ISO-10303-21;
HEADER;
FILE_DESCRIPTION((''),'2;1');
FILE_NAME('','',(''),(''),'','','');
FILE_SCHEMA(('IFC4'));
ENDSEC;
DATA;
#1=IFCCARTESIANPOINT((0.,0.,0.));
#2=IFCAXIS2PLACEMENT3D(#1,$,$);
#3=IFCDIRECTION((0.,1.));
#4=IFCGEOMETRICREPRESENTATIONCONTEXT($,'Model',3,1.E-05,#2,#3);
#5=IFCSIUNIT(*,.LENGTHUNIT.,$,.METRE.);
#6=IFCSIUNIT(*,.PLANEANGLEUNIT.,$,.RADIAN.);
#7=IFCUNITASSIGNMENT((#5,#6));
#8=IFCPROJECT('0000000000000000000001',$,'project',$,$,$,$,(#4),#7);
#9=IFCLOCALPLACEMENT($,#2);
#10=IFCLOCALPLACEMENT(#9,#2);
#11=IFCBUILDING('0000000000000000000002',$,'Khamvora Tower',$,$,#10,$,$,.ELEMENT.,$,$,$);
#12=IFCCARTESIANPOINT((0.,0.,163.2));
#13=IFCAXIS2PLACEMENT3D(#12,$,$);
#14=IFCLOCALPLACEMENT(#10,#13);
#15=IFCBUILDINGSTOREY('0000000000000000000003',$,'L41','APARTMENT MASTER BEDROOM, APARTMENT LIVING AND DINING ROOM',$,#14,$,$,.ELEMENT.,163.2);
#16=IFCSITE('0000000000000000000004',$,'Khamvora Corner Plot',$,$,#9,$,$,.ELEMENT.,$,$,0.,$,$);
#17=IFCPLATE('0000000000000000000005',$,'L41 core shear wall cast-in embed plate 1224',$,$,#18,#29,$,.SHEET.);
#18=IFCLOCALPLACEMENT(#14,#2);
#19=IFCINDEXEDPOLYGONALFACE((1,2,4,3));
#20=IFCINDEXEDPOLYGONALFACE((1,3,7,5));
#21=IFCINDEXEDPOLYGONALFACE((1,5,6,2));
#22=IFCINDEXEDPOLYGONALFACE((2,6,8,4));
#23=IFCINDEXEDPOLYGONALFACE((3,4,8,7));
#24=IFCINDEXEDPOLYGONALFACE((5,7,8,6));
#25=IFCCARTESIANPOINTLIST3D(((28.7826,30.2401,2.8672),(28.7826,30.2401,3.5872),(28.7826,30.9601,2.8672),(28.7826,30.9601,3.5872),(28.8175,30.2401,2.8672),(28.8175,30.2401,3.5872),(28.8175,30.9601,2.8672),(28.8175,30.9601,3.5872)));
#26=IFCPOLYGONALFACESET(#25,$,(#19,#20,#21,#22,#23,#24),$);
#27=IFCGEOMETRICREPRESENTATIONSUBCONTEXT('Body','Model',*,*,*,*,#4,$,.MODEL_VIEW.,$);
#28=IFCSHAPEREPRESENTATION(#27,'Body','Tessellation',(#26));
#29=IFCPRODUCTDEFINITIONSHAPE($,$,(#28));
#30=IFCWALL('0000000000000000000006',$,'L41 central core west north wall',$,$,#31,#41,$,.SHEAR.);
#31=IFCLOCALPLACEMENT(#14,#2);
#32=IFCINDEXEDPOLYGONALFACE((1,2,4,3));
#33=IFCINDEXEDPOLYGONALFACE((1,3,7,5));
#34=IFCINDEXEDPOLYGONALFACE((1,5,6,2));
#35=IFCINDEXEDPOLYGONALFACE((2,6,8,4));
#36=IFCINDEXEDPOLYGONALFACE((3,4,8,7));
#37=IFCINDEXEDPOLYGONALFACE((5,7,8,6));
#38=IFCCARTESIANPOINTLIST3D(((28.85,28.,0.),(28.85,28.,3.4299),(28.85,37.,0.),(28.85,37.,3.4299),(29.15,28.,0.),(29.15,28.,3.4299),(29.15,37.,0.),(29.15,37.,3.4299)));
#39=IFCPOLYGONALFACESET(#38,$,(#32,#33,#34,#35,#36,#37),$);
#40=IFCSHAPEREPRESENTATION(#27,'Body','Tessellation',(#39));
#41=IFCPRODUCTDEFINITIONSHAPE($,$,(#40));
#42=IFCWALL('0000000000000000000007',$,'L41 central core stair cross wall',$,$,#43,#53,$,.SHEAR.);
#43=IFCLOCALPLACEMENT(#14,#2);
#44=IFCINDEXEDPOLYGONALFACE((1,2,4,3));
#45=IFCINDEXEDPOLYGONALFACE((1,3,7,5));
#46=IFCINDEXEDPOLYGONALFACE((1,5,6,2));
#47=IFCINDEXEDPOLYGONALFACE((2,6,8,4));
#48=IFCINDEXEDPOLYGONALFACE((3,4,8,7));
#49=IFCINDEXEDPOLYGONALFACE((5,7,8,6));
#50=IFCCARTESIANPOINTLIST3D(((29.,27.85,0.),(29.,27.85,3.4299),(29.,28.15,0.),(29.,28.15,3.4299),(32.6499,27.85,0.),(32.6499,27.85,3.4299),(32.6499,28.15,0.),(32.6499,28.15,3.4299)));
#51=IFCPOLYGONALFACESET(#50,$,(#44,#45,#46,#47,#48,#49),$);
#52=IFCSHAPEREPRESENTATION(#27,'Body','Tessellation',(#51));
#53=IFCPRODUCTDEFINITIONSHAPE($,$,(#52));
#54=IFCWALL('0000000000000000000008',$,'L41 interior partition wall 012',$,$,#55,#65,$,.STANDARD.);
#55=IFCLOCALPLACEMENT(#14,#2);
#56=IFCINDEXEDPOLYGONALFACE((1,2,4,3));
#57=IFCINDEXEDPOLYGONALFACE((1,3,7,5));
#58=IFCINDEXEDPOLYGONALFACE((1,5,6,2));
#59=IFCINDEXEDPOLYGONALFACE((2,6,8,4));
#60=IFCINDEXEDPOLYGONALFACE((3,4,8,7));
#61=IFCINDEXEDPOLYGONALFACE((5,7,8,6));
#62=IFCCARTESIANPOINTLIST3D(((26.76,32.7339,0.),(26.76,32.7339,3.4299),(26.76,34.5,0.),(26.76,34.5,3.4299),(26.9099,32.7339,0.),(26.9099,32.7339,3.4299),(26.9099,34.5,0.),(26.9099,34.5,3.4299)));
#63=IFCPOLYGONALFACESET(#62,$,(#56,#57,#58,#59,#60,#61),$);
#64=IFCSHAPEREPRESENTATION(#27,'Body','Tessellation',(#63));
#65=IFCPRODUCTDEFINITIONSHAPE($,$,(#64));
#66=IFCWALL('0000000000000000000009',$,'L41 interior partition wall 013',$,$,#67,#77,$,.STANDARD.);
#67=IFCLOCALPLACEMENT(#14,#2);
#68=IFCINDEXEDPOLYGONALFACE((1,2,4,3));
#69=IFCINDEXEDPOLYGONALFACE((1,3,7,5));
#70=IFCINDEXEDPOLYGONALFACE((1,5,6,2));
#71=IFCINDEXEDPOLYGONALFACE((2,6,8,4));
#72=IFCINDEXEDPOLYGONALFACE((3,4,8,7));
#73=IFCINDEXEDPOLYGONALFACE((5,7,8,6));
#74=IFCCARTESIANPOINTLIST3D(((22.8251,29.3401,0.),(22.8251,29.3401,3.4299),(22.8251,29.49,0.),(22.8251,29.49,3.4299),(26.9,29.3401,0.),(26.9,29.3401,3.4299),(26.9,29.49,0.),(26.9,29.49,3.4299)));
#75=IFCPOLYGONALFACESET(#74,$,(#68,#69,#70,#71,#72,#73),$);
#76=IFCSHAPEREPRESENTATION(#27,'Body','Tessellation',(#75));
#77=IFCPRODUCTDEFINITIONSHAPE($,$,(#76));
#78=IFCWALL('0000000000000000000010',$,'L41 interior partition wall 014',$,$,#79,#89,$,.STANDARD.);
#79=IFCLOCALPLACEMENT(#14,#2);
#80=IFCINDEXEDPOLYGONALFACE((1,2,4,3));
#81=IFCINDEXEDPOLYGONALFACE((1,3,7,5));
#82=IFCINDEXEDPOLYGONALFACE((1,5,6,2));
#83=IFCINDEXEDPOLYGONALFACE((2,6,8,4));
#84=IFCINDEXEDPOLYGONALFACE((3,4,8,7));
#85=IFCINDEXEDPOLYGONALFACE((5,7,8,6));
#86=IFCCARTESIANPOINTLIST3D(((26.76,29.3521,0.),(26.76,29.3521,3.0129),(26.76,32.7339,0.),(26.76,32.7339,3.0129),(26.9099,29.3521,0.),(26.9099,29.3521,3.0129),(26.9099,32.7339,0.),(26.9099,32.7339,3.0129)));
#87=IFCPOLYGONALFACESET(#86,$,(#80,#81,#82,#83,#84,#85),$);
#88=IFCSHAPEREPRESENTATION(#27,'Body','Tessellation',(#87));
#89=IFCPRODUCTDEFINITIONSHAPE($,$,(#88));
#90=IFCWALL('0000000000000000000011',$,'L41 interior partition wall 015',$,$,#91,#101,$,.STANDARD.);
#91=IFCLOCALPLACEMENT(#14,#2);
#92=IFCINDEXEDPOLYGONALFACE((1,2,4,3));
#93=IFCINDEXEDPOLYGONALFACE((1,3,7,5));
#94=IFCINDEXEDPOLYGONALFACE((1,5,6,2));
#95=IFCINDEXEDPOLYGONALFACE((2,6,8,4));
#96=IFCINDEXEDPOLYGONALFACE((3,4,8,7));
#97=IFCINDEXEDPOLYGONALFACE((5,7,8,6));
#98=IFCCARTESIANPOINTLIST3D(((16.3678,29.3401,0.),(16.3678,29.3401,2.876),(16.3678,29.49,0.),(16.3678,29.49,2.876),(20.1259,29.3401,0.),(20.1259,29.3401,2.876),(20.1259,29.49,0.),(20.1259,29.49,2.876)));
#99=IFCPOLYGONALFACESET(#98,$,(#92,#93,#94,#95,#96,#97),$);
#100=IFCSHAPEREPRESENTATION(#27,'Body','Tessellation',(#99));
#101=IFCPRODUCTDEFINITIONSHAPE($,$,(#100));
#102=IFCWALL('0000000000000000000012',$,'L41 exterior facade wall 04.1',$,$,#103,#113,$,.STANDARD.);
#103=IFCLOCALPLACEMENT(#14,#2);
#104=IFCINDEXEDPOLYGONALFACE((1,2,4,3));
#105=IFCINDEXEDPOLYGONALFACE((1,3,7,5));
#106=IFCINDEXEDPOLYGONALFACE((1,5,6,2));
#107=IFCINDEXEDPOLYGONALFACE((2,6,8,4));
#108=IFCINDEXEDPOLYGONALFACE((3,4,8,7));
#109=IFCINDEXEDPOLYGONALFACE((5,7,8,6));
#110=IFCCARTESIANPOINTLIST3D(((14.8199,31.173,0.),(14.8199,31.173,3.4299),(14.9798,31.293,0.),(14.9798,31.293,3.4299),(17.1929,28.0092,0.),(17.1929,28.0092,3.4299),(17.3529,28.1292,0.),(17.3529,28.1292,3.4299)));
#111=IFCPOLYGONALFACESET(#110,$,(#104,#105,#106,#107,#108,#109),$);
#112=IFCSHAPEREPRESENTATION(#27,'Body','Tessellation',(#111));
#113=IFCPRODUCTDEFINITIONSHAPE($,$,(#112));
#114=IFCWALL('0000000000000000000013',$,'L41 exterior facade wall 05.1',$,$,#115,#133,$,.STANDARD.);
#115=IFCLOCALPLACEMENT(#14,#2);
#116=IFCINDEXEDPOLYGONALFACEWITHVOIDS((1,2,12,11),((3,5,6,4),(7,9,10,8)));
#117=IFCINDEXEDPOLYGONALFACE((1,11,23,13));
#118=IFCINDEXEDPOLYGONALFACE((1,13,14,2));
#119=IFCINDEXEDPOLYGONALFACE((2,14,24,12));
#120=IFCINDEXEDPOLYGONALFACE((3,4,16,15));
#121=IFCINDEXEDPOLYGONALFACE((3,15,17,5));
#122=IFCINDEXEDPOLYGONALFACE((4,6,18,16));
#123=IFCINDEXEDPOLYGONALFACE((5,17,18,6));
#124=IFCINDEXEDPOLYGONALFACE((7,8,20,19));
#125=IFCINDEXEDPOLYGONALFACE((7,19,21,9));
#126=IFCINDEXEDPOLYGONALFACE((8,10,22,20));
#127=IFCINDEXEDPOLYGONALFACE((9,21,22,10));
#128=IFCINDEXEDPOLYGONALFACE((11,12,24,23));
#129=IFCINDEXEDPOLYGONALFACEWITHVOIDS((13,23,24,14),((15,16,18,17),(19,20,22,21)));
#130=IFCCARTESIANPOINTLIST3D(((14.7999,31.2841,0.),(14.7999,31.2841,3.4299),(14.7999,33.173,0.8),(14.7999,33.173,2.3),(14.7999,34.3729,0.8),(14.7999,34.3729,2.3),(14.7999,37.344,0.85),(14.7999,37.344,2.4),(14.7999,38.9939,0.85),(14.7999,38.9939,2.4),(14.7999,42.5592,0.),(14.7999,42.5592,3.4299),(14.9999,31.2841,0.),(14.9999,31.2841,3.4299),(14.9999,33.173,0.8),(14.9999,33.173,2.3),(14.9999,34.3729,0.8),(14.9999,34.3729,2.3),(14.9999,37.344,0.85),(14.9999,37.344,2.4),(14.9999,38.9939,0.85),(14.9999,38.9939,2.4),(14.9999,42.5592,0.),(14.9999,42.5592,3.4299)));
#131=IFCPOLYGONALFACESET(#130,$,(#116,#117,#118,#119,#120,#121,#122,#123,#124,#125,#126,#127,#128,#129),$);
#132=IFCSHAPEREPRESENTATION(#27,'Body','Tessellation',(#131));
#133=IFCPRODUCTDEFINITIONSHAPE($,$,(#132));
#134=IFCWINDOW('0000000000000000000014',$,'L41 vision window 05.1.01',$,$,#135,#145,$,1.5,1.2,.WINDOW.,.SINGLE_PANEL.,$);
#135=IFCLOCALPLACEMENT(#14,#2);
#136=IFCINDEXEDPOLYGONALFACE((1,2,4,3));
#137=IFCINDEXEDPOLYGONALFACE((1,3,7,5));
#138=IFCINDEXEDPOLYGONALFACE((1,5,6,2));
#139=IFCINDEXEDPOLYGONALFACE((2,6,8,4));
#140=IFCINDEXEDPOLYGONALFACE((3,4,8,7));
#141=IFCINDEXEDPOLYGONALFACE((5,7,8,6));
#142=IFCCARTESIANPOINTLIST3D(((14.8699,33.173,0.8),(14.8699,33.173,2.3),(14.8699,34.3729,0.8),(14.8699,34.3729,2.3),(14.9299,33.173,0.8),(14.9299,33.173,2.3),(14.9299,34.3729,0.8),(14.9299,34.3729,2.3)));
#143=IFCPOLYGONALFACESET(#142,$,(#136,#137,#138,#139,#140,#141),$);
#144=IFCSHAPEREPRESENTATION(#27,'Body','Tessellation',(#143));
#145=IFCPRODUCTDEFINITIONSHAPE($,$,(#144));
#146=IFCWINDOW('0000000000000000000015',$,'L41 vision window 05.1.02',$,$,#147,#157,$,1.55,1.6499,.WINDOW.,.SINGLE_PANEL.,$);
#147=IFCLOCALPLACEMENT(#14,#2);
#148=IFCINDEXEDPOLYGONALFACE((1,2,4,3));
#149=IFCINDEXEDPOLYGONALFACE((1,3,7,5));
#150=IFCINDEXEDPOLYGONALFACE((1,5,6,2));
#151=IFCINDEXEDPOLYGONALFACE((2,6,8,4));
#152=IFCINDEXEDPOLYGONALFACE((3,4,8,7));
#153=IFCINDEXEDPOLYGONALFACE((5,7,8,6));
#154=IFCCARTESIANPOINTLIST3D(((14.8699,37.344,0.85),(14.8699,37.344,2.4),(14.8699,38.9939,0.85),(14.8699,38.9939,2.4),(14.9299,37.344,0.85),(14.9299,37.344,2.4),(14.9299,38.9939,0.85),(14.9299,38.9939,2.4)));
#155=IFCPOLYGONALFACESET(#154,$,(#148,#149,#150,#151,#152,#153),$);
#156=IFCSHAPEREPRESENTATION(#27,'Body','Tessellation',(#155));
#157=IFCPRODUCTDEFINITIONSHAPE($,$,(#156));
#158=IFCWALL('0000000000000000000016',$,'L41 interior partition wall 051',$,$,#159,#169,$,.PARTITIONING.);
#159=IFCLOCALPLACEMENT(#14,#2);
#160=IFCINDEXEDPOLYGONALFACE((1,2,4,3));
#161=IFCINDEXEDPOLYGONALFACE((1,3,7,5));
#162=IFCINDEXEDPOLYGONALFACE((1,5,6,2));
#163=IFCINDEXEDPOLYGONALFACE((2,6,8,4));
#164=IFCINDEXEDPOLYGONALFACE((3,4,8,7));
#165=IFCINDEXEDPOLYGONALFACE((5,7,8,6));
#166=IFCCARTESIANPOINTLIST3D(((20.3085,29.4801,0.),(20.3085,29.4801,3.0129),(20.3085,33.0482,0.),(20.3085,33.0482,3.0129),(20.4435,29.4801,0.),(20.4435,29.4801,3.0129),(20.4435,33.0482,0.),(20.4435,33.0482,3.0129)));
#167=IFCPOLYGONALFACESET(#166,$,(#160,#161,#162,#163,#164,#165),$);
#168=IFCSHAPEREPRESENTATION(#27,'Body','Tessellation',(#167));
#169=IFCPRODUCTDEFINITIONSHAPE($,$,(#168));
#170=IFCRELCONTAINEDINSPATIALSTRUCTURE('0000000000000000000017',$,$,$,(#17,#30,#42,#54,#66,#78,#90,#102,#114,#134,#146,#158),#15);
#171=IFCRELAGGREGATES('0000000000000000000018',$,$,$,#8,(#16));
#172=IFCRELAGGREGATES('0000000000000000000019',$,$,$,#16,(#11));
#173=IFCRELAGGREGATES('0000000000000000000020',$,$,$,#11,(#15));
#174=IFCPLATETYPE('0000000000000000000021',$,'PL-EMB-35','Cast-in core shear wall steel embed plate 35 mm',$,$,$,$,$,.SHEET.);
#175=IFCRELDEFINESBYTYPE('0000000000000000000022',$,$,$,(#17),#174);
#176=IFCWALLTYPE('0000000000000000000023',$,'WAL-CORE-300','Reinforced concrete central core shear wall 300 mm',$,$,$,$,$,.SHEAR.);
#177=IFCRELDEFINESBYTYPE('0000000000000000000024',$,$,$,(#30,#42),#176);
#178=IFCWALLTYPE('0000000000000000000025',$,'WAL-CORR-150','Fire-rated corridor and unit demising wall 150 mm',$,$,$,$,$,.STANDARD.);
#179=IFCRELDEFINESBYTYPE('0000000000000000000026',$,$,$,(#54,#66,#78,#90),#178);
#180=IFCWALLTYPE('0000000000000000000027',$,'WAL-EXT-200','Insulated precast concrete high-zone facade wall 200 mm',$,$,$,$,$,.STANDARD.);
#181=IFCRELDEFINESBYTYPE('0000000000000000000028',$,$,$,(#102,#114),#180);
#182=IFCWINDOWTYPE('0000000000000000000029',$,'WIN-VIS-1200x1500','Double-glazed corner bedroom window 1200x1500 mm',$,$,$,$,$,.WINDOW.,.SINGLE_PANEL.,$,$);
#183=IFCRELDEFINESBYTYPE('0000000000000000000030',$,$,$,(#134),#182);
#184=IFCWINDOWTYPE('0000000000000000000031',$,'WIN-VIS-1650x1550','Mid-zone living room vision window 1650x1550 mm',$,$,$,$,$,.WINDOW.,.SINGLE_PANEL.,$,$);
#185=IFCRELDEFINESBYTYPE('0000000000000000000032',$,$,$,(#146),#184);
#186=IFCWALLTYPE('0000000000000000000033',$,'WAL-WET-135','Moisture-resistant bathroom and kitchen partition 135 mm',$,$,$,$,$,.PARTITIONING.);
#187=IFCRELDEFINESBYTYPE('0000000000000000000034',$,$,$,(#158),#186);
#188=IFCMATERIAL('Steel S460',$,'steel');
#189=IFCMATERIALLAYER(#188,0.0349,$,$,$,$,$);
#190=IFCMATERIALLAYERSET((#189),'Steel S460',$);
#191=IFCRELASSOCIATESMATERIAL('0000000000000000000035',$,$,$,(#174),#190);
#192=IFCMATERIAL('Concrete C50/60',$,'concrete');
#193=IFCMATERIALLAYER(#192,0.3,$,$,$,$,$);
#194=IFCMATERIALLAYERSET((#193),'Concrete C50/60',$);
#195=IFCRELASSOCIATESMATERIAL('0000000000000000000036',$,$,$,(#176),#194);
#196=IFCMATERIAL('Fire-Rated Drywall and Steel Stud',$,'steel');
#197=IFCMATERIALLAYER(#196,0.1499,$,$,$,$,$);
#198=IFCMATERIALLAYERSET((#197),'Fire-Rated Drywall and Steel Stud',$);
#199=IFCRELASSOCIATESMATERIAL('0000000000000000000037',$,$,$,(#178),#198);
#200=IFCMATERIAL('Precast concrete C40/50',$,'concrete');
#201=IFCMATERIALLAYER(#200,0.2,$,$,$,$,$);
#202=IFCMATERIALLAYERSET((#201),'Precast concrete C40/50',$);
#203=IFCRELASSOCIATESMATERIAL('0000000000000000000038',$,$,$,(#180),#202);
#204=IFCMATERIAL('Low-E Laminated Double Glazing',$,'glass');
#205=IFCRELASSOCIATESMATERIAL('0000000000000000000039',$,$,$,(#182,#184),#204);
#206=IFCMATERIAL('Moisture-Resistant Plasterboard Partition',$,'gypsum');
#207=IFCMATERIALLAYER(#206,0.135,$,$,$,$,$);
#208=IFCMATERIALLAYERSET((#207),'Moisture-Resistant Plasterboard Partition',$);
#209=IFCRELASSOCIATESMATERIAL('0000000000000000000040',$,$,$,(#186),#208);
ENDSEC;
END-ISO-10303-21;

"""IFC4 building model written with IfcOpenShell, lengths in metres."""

from ifc_helpers import new_model, si_unit, direction, frame, frame_2d, origin, origin_2d, place, context, subcontext, project, spatial, rectangle, extrude, material, layer, layer_set, type_object, element, fill, save


model = new_model("IFC4")

# Units and contexts
model_context = context("Model", 3, precision=1e-05, world=origin(), true_north=direction((0.0, 1.0)))
body_context = subcontext(model_context, "Body", "Model", "MODEL_VIEW")
ifc_project = project(units=[si_unit("LENGTHUNIT", "METRE"), si_unit("PLANEANGLEUNIT", "RADIAN")], contexts=[model_context])

# Site, building, storey
site_placement = place(None, origin())
site = spatial("IfcSite", under=ifc_project, at=site_placement, Name="Khamvora Corner Plot", CompositionType="ELEMENT", RefElevation=0.0)
building_placement = place(site_placement, origin())
building = spatial("IfcBuilding", under=site, at=building_placement, Name="Khamvora Tower", CompositionType="ELEMENT")
storey_placement = place(building_placement, frame((0.0, 0.0, 163.2)))
storey = spatial("IfcBuildingStorey", under=building, at=storey_placement, Name="L41", Description="APARTMENT MASTER BEDROOM, APARTMENT LIVING AND DINING ROOM", CompositionType="ELEMENT", Elevation=163.2)

# Shared definitions
ifc_material_1 = material(Name="Steel S460", Category="steel")

# Plate
ifc_layer_1 = layer(ifc_material_1, 0.0349)
ifc_layer_set_1 = layer_set([ifc_layer_1], Name="Steel S460")
plate_type = type_object("IfcPlateType", Name="PL-EMB-35", Description="Cast-in core shear wall steel embed plate 35 mm", PredefinedType="SHEET", material=ifc_layer_set_1)
for number, where, z_axis, x_axis, name in (
    (1, (28.8, 30.6001, 2.8672), (0.0, 0.0, 1.0), (1.0, 0.0, 0.0), "L41 core shear wall cast-in embed plate 1224"),
):
    element("IfcPlate", number, at=place(storey_placement, frame(where, z_axis=z_axis, x_axis=x_axis)), inside=storey, type_object=plate_type, Name=name, PredefinedType="SHEET", context=body_context, shape_type="SweptSolid", body=[
        extrude(rectangle(XDim=0.0349, YDim=0.72, at=origin_2d()), origin(), (0.0, 0.0, 1.0), 0.72),
    ])

# Walls
ifc_material_2 = material(Name="Concrete C50/60", Category="concrete")
ifc_layer_2 = layer(ifc_material_2, 0.3)
ifc_layer_set_2 = layer_set([ifc_layer_2], Name="Concrete C50/60")
wall_type_1 = type_object("IfcWallType", Name="WAL-CORE-300", Description="Reinforced concrete central core shear wall 300 mm", PredefinedType="SHEAR", material=ifc_layer_set_2)
wall_1_placement = place(storey_placement, frame((29.0, 28.0, 0.0), z_axis=(0.0, 0.0, 1.0), x_axis=(0.0, 1.0, 0.0)))
element("IfcWall", 2, at=wall_1_placement, inside=storey, type_object=wall_type_1, Name="L41 central core west north wall", PredefinedType="SHEAR", context=body_context, shape_type="SweptSolid", body=[
    extrude(rectangle(XDim=9.0, YDim=0.3, at=frame_2d((4.5, 0.0))), origin(), (0.0, 0.0, 1.0), 3.4299),
])
wall_2_placement = place(storey_placement, frame((29.0, 28.0, 0.0), z_axis=(0.0, 0.0, 1.0), x_axis=(1.0, 0.0, 0.0)))
element("IfcWall", 3, at=wall_2_placement, inside=storey, type_object=wall_type_1, Name="L41 central core stair cross wall", PredefinedType="SHEAR", context=body_context, shape_type="SweptSolid", body=[
    extrude(rectangle(XDim=3.6499, YDim=0.3, at=frame_2d((1.825, 0.0))), origin(), (0.0, 0.0, 1.0), 3.4299),
])

# Shared definitions
ifc_material_3 = material(Name="Fire-Rated Drywall and Steel Stud", Category="steel")
ifc_layer_3 = layer(ifc_material_3, 0.1499)
ifc_layer_set_3 = layer_set([ifc_layer_3], Name="Fire-Rated Drywall and Steel Stud")
wall_type_2 = type_object("IfcWallType", Name="WAL-CORR-150", Description="Fire-rated corridor and unit demising wall 150 mm", PredefinedType="STANDARD", material=ifc_layer_set_3)

# Walls
wall_3_placement = place(storey_placement, frame((26.835, 32.7339, 0.0), z_axis=(0.0, 0.0, 1.0), x_axis=(0.0, 1.0, 0.0)))
element("IfcWall", 4, at=wall_3_placement, inside=storey, type_object=wall_type_2, Name="L41 interior partition wall 012", PredefinedType="STANDARD", context=body_context, shape_type="SweptSolid", body=[
    extrude(rectangle(XDim=1.7661, YDim=0.1499, at=frame_2d((0.8831, 0.0))), origin(), (0.0, 0.0, 1.0), 3.4299),
])
wall_4_placement = place(storey_placement, frame((22.825, 29.415, 0.0), z_axis=(0.0, 0.0, 1.0), x_axis=(1.0, 0.0, 0.0)))
element("IfcWall", 5, at=wall_4_placement, inside=storey, type_object=wall_type_2, Name="L41 interior partition wall 013", PredefinedType="STANDARD", context=body_context, shape_type="SweptSolid", body=[
    extrude(rectangle(XDim=4.075, YDim=0.1499, at=frame_2d((2.0376, 0.0))), origin(), (0.0, 0.0, 1.0), 3.4299),
])
wall_5_placement = place(storey_placement, frame((26.835, 29.3521, 0.0), z_axis=(0.0, 0.0, 1.0), x_axis=(0.0, 1.0, 0.0)))
element("IfcWall", 6, at=wall_5_placement, inside=storey, type_object=wall_type_2, Name="L41 interior partition wall 014", PredefinedType="STANDARD", context=body_context, shape_type="SweptSolid", body=[
    extrude(rectangle(XDim=3.3818, YDim=0.1499, at=frame_2d((1.6909, 0.0))), origin(), (0.0, 0.0, 1.0), 3.0129),
])
wall_6_placement = place(storey_placement, frame((16.3679, 29.415, 0.0), z_axis=(0.0, 0.0, 1.0), x_axis=(1.0, 0.0, 0.0)))
element("IfcWall", 7, at=wall_6_placement, inside=storey, type_object=wall_type_2, Name="L41 interior partition wall 015", PredefinedType="STANDARD", context=body_context, shape_type="SweptSolid", body=[
    extrude(rectangle(XDim=3.7581, YDim=0.1499, at=frame_2d((1.8789, 0.0))), origin(), (0.0, 0.0, 1.0), 2.876),
])
ifc_material_4 = material(Name="Precast concrete C40/50", Category="concrete")
ifc_layer_4 = layer(ifc_material_4, 0.2)
ifc_layer_set_4 = layer_set([ifc_layer_4], Name="Precast concrete C40/50")
wall_type_3 = type_object("IfcWallType", Name="WAL-EXT-200", Description="Insulated precast concrete high-zone facade wall 200 mm", PredefinedType="STANDARD", material=ifc_layer_set_4)
wall_7_placement = place(storey_placement, frame((17.2729, 28.0691, 0.0), z_axis=(0.0, 0.0, 1.0), x_axis=(-0.60003, 0.799978, 0.0)))
element("IfcWall", 8, at=wall_7_placement, inside=storey, type_object=wall_type_3, Name="L41 exterior facade wall 04.1", PredefinedType="STANDARD", context=body_context, shape_type="SweptSolid", body=[
    extrude(rectangle(XDim=3.9548, YDim=0.2, at=frame_2d((1.9775, 0.0))), origin(), (0.0, 0.0, 1.0), 3.4299),
])

# Wall, openings, windows
wall_8_placement = place(storey_placement, frame((14.8999, 31.2839, 0.0), z_axis=(0.0, 0.0, 1.0), x_axis=(0.0, 1.0, 0.0)))
wall_8 = element("IfcWall", 9, at=wall_8_placement, inside=storey, type_object=wall_type_3, Name="L41 exterior facade wall 05.1", PredefinedType="STANDARD", context=body_context, shape_type="SweptSolid", body=[
    extrude(rectangle(XDim=11.2751, YDim=0.2, at=frame_2d((5.6377, 0.0))), origin(), (0.0, 0.0, 1.0), 3.4299),
])
opening_1_placement = place(wall_8_placement, frame((1.8889, 0.0, 0.8)))
opening_1 = element("IfcOpeningElement", 10, at=opening_1_placement, cuts=wall_8, PredefinedType="OPENING", context=body_context, shape_type="SweptSolid", body=[
    extrude(rectangle(XDim=1.2, YDim=1.5, at=frame_2d((0.6001, 0.75))), frame((0.0, 0.1099, 0.0), z_axis=(0.0, -1.0, 0.0), x_axis=(1.0, 0.0, 0.0)), (0.0, 0.0, 1.0), 0.22),
])
opening_2_placement = place(wall_8_placement, frame((6.0601, 0.0, 0.8501)))
opening_2 = element("IfcOpeningElement", 11, at=opening_2_placement, cuts=wall_8, PredefinedType="OPENING", context=body_context, shape_type="SweptSolid", body=[
    extrude(rectangle(XDim=1.6499, YDim=1.55, at=frame_2d((0.825, 0.7749))), frame((0.0, 0.1099, 0.0), z_axis=(0.0, -1.0, 0.0), x_axis=(1.0, 0.0, 0.0)), (0.0, 0.0, 1.0), 0.22),
])
ifc_material_5 = material(Name="Low-E Laminated Double Glazing", Category="glass")
window_type_1 = type_object("IfcWindowType", Name="WIN-VIS-1200x1500", Description="Double-glazed corner bedroom window 1200x1500 mm", PartitioningType="SINGLE_PANEL", PredefinedType="WINDOW", material=ifc_material_5)
window_1_placement = place(opening_1_placement, origin())
window_1 = element("IfcWindow", 12, at=window_1_placement, inside=storey, type_object=window_type_1, Name="L41 vision window 05.1.01", OverallHeight=1.5, OverallWidth=1.2, PartitioningType="SINGLE_PANEL", PredefinedType="WINDOW", context=body_context, shape_type="SweptSolid", body=[
    extrude(rectangle(XDim=1.2, YDim=1.5, at=frame_2d((0.6001, 0.75))), frame((0.0, 0.03, 0.0), z_axis=(0.0, -1.0, 0.0), x_axis=(1.0, 0.0, 0.0)), (0.0, 0.0, 1.0), 0.0601),
])
fill(opening_1, window_1)
window_type_2 = type_object("IfcWindowType", Name="WIN-VIS-1650x1550", Description="Mid-zone living room vision window 1650x1550 mm", PartitioningType="SINGLE_PANEL", PredefinedType="WINDOW", material=ifc_material_5)
window_2_placement = place(opening_2_placement, origin())
window_2 = element("IfcWindow", 13, at=window_2_placement, inside=storey, type_object=window_type_2, Name="L41 vision window 05.1.02", OverallHeight=1.55, OverallWidth=1.6499, PartitioningType="SINGLE_PANEL", PredefinedType="WINDOW", context=body_context, shape_type="SweptSolid", body=[
    extrude(rectangle(XDim=1.6499, YDim=1.55, at=frame_2d((0.825, 0.7749))), frame((0.0, 0.03, 0.0), z_axis=(0.0, -1.0, 0.0), x_axis=(1.0, 0.0, 0.0)), (0.0, 0.0, 1.0), 0.0601),
])
fill(opening_2, window_2)

# Wall
ifc_material_6 = material(Name="Moisture-Resistant Plasterboard Partition", Category="gypsum")
ifc_layer_5 = layer(ifc_material_6, 0.135)
ifc_layer_set_5 = layer_set([ifc_layer_5], Name="Moisture-Resistant Plasterboard Partition")
wall_type_4 = type_object("IfcWallType", Name="WAL-WET-135", Description="Moisture-resistant bathroom and kitchen partition 135 mm", PredefinedType="PARTITIONING", material=ifc_layer_set_5)
wall_9_placement = place(storey_placement, frame((20.376, 29.48, 0.0), z_axis=(0.0, 0.0, 1.0), x_axis=(0.0, 1.0, 0.0)))
element("IfcWall", 14, at=wall_9_placement, inside=storey, type_object=wall_type_4, Name="L41 interior partition wall 051", PredefinedType="PARTITIONING", context=body_context, shape_type="SweptSolid", body=[
    extrude(rectangle(XDim=3.5681, YDim=0.135, at=frame_2d((1.7842, 0.0))), origin(), (0.0, 0.0, 1.0), 3.0129),
])

save(model, "model.ifc")
